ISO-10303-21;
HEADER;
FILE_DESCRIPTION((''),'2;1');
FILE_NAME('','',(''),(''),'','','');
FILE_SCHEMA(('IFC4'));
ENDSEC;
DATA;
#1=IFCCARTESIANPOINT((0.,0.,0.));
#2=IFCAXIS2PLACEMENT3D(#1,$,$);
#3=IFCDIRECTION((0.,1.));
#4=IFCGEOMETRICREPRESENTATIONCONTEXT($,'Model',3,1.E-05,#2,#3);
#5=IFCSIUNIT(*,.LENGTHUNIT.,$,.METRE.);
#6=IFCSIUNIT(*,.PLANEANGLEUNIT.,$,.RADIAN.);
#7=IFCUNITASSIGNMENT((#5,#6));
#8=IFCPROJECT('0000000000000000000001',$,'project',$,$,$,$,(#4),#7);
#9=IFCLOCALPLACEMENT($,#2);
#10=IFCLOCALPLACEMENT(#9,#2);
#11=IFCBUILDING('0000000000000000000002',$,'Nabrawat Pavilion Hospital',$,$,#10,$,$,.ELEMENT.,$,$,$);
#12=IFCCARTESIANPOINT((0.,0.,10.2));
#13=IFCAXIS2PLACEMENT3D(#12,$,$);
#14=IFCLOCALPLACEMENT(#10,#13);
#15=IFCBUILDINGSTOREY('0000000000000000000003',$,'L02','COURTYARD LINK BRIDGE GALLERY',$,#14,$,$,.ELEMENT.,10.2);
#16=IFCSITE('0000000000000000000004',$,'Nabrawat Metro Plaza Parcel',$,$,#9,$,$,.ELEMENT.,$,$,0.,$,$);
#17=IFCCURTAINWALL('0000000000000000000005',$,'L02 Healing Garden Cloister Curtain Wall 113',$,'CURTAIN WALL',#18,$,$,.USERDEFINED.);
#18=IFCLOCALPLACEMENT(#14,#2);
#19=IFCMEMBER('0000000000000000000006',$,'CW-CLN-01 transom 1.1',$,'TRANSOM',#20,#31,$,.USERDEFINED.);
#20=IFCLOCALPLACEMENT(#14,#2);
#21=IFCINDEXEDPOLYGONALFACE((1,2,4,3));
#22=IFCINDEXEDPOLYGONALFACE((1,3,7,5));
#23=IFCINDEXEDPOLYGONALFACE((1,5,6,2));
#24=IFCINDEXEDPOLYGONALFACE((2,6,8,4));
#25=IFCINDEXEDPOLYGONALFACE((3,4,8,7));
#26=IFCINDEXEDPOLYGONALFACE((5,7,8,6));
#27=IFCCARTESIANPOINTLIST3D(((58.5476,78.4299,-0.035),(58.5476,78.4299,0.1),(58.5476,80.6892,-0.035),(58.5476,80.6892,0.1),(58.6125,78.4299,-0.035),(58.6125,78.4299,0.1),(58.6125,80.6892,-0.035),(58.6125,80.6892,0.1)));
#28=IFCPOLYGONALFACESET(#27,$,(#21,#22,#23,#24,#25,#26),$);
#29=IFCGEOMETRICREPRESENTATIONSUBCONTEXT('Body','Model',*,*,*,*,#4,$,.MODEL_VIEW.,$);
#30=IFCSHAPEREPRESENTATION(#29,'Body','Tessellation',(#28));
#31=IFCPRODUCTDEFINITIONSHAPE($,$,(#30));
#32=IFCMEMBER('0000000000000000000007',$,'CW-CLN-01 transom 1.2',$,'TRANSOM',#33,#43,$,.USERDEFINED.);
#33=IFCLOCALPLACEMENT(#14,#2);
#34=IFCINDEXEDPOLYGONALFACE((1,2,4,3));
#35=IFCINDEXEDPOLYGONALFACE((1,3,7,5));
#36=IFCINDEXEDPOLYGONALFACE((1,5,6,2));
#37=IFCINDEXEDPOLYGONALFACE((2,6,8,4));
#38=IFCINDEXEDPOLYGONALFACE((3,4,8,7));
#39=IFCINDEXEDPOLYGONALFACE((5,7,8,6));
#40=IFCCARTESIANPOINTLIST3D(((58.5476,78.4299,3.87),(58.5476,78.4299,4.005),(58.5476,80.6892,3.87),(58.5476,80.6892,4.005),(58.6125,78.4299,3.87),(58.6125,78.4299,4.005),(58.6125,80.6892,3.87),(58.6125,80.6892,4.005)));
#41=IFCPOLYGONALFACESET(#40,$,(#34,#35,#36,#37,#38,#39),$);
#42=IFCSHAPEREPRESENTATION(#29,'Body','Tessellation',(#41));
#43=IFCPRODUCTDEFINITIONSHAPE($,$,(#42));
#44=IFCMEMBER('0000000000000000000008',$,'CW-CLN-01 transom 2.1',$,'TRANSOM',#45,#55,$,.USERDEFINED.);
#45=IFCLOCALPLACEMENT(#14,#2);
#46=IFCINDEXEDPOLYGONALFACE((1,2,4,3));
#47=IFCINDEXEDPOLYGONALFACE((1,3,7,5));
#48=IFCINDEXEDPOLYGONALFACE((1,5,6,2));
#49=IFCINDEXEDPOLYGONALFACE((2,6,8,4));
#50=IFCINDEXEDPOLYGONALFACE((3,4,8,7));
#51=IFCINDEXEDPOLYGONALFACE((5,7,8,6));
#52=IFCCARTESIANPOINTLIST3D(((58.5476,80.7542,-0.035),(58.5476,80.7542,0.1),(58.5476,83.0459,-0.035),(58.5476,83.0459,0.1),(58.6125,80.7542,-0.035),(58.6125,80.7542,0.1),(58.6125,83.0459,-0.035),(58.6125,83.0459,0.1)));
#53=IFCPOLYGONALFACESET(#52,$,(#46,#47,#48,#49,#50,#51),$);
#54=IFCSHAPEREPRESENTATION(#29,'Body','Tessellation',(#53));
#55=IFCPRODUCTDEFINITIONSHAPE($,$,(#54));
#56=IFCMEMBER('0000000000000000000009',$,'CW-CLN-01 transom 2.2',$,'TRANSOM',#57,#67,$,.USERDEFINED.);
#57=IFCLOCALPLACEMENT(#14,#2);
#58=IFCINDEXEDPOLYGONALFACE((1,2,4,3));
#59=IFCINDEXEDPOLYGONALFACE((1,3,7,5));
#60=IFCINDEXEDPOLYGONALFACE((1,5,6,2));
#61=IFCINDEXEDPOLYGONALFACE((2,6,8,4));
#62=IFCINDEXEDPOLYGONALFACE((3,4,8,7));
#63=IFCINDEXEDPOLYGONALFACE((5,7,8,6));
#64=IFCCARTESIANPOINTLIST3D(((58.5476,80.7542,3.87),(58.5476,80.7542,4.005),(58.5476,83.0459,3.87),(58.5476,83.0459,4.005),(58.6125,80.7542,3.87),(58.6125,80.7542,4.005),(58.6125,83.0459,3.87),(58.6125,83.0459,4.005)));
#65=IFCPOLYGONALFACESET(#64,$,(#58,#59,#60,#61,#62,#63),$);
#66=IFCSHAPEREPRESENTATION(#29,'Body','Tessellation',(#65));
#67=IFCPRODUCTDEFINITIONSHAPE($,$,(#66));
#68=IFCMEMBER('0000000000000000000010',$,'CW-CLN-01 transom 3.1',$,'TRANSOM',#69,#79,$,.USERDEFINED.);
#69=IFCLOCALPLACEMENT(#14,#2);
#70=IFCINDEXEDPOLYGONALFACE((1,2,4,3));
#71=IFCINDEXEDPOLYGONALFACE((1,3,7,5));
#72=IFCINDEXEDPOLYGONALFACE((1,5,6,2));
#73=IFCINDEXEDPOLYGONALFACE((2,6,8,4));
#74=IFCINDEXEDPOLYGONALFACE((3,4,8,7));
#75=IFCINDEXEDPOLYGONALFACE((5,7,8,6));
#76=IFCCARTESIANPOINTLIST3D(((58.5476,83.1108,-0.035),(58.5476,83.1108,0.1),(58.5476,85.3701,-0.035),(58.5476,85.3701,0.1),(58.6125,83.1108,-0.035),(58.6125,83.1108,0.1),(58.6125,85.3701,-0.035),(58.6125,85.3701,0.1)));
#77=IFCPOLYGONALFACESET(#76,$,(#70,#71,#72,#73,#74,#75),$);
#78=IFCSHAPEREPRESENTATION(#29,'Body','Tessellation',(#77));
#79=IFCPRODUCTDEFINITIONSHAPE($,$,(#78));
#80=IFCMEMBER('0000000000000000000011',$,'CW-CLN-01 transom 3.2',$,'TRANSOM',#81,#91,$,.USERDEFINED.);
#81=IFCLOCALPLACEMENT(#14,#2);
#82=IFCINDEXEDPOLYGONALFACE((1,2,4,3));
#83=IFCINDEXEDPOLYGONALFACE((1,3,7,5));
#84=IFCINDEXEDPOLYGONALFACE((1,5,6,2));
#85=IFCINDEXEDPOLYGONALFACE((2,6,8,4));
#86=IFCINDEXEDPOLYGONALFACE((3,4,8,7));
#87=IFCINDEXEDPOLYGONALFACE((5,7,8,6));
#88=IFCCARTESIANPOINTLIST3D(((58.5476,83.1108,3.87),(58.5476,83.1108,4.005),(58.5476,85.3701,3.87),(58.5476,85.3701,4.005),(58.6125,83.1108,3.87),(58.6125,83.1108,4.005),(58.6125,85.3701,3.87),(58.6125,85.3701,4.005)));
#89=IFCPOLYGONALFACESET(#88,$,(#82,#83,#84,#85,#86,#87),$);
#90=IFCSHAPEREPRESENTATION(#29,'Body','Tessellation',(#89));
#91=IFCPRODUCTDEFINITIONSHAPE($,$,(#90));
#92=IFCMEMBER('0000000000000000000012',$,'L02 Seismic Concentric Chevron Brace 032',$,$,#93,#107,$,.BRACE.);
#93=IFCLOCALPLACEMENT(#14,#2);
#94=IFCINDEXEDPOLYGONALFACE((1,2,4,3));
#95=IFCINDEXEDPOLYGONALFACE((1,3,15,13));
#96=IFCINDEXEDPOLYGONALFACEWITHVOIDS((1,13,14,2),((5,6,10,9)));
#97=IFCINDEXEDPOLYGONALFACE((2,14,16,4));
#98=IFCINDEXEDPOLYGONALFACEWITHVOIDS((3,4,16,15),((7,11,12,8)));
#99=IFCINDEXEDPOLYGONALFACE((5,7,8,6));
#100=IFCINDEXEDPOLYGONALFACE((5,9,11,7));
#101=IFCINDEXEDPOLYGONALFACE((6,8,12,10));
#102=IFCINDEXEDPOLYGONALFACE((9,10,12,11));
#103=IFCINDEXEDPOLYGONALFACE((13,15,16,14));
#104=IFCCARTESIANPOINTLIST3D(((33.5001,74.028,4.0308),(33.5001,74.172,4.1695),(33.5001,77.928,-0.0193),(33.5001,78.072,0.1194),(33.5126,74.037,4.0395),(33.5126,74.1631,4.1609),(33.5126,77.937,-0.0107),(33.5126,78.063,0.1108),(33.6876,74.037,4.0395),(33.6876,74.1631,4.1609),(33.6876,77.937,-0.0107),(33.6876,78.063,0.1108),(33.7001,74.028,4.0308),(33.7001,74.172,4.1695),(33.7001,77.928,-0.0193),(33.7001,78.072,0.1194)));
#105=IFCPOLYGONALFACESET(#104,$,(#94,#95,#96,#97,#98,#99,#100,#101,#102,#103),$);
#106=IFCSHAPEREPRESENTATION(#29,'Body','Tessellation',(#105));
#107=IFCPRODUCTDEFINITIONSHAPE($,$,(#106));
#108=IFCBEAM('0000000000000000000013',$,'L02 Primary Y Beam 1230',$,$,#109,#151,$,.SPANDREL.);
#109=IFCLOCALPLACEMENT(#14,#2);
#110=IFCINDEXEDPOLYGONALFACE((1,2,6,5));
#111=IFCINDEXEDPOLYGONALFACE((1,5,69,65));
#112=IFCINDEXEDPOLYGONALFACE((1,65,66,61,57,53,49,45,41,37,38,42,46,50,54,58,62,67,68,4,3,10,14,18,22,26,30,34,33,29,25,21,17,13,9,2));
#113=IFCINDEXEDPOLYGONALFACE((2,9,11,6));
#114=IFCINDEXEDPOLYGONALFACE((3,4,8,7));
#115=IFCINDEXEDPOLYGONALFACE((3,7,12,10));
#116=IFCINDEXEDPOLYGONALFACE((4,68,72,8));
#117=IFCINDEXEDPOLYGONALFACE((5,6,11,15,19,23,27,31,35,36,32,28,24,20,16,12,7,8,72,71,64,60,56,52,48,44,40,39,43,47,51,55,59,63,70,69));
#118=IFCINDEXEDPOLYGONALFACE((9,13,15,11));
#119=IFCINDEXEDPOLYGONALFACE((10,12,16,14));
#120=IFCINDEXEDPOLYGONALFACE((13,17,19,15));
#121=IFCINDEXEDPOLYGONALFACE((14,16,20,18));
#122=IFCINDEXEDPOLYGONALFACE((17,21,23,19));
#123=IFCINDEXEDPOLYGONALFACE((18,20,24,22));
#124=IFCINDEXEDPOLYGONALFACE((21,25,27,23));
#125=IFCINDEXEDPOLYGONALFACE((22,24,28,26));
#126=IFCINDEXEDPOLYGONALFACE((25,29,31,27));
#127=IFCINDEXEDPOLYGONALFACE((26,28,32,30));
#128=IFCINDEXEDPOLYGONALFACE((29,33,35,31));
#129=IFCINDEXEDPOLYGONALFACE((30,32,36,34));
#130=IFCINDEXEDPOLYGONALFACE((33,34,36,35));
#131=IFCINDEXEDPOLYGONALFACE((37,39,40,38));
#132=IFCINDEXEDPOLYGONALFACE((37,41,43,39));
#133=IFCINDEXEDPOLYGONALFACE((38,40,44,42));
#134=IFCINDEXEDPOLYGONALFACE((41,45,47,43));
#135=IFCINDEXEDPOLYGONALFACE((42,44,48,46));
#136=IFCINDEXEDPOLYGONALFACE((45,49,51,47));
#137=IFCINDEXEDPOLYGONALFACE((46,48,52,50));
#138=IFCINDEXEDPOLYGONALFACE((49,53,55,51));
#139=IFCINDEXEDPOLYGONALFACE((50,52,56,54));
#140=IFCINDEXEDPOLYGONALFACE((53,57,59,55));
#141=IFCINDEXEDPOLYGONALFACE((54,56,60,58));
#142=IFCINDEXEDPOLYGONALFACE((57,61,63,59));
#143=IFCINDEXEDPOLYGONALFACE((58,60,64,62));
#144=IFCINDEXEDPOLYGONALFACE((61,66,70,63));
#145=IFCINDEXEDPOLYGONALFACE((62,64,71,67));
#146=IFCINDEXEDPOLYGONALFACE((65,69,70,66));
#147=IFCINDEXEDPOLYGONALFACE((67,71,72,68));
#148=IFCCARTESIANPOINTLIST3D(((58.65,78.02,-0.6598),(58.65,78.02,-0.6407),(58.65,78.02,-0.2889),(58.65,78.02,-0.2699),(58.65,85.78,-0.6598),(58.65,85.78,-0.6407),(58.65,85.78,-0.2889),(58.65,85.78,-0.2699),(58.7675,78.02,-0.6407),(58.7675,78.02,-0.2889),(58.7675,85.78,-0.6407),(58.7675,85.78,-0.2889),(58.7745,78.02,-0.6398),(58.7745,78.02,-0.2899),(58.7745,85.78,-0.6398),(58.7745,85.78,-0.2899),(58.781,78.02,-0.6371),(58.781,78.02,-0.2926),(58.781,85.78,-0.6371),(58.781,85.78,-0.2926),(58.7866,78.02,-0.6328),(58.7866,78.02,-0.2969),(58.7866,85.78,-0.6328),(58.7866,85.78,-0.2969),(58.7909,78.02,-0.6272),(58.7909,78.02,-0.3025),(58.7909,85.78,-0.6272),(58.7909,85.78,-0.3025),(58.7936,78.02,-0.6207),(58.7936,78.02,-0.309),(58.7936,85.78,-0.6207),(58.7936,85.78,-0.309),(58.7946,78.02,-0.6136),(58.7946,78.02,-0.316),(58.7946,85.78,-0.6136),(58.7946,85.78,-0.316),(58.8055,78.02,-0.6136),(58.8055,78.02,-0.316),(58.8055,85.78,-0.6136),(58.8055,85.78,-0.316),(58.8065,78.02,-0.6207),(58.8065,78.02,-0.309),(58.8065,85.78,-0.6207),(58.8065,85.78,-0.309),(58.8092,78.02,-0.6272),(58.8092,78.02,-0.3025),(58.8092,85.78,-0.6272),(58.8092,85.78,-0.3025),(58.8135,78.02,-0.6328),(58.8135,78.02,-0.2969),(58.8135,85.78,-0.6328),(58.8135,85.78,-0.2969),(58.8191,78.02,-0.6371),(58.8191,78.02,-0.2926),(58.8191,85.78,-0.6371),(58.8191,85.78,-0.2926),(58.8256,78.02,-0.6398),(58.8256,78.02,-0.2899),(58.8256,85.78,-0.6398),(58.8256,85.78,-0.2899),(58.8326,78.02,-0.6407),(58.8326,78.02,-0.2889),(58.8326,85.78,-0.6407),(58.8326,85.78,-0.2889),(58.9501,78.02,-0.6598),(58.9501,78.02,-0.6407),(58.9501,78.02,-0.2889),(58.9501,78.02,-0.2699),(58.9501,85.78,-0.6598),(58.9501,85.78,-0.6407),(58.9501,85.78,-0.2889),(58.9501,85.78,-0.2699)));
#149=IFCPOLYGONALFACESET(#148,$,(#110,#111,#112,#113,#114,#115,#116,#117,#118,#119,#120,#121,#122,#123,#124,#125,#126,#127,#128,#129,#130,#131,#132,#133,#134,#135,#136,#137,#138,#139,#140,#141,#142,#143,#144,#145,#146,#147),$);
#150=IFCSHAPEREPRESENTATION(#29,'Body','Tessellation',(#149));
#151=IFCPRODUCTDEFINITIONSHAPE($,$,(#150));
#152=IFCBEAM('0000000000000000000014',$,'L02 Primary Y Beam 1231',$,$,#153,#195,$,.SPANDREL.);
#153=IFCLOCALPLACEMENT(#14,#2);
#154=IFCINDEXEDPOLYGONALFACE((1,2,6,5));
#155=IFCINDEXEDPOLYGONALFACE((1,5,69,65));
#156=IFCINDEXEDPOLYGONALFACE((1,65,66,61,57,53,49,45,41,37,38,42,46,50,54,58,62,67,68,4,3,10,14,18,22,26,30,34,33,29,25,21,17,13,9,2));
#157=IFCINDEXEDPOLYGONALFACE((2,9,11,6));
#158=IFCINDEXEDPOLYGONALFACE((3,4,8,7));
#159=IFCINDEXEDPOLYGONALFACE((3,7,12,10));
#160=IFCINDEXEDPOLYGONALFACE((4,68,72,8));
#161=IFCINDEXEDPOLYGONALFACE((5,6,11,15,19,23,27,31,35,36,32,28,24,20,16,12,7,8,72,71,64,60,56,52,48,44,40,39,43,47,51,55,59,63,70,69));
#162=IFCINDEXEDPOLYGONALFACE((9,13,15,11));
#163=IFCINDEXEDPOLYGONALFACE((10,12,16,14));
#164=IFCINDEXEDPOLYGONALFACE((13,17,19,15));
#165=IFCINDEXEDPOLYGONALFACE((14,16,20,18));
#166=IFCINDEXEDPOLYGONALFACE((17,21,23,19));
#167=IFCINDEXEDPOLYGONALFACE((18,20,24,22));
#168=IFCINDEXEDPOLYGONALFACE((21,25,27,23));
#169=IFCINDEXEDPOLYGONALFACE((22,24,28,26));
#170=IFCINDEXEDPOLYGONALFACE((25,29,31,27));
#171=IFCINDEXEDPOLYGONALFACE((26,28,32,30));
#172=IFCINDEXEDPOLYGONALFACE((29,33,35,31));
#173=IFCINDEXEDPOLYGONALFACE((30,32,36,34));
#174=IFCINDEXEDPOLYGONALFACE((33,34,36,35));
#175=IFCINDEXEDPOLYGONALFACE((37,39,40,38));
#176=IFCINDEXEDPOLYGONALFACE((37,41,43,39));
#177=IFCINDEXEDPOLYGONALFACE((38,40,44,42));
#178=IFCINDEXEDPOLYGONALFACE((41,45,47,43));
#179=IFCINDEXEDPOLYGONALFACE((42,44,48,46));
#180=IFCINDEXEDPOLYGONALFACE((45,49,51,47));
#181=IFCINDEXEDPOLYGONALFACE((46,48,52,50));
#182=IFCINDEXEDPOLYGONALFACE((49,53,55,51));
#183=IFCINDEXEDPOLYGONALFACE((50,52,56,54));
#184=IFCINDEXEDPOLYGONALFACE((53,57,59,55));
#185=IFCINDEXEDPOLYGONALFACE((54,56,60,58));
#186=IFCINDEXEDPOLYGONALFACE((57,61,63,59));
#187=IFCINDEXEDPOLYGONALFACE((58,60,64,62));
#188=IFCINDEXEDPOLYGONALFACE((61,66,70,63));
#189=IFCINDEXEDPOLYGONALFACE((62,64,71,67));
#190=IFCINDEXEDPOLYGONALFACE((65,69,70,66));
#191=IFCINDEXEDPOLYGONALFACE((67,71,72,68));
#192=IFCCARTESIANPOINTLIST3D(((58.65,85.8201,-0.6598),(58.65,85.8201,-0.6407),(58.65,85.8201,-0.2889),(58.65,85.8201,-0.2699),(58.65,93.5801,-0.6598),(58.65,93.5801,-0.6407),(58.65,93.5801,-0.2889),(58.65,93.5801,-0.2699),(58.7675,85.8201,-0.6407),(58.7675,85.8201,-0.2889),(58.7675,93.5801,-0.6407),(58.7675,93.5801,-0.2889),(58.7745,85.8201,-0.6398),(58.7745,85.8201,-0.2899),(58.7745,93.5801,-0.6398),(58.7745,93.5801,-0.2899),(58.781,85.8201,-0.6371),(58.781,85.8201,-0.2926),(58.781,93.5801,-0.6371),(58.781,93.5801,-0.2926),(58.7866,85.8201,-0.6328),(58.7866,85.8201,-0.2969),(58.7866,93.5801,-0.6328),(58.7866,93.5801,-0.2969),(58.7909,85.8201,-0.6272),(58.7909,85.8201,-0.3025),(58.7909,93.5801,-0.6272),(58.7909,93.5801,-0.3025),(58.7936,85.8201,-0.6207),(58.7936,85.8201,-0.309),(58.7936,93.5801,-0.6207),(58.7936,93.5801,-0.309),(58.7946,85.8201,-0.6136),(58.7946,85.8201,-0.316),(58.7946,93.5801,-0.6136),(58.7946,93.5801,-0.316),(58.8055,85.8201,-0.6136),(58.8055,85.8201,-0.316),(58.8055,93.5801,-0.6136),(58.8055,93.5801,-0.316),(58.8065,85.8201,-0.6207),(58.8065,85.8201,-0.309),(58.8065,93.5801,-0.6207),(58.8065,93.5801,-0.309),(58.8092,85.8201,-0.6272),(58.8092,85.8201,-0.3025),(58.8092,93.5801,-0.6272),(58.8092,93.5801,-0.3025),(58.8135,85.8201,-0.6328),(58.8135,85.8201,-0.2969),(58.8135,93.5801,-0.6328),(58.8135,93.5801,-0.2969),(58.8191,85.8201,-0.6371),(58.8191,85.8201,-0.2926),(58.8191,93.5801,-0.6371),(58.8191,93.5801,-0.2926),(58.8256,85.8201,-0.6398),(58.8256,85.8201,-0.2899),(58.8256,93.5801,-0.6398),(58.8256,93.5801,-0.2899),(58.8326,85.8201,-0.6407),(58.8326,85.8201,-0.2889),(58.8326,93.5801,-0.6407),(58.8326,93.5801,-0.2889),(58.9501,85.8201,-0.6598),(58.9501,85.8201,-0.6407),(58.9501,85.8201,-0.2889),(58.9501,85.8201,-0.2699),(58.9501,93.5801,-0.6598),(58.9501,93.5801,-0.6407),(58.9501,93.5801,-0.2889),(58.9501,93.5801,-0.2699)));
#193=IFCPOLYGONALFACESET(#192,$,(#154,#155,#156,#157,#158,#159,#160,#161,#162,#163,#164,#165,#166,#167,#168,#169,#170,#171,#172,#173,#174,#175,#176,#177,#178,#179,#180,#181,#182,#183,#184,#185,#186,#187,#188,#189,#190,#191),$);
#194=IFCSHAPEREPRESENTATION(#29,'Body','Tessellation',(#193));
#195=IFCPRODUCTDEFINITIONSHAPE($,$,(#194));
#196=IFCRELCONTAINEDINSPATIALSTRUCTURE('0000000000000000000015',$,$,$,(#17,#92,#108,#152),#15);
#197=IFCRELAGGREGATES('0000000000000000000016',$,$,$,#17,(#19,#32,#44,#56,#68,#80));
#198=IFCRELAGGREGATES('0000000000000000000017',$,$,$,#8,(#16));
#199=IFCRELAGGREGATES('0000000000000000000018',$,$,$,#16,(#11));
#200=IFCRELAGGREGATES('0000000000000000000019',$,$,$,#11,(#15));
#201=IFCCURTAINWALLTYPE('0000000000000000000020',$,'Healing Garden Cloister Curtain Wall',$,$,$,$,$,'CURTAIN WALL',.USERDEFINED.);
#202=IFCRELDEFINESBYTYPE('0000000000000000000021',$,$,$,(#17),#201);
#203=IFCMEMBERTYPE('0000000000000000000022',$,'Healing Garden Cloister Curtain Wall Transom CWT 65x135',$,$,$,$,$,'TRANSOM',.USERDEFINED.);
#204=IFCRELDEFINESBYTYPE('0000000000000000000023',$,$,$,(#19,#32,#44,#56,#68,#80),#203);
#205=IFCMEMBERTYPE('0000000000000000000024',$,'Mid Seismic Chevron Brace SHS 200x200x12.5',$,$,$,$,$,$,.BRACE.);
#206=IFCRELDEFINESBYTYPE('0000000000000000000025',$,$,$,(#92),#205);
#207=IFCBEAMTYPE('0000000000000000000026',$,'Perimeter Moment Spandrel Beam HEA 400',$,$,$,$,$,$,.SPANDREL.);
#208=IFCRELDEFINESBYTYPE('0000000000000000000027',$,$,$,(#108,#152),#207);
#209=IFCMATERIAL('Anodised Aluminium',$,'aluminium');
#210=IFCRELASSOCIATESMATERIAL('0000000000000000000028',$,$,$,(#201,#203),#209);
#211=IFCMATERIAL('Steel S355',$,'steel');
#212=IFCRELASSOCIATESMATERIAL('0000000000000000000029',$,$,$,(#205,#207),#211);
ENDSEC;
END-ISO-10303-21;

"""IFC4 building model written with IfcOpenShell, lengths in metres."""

from ifc_helpers import new_model, si_unit, direction, frame, origin, origin_2d, place, context, subcontext, project, spatial, rectangle, hollow_rectangle, i_section, extrude, material, material_profile, profile_set, type_object, element, aggregate, save


model = new_model("IFC4")

# Units and contexts
model_context = context("Model", 3, precision=1e-05, world=origin(), true_north=direction((0.0, 1.0)))
body_context = subcontext(model_context, "Body", "Model", "MODEL_VIEW")
ifc_project = project(units=[si_unit("LENGTHUNIT", "METRE"), si_unit("PLANEANGLEUNIT", "RADIAN")], contexts=[model_context])

# Site, building, storey
site_placement = place(None, origin())
site = spatial("IfcSite", under=ifc_project, at=site_placement, Name="Nabrawat Metro Plaza Parcel", CompositionType="ELEMENT", RefElevation=0.0)
building_placement = place(site_placement, origin())
building = spatial("IfcBuilding", under=site, at=building_placement, Name="Nabrawat Pavilion Hospital", CompositionType="ELEMENT")
storey_placement = place(building_placement, frame((0.0, 0.0, 10.2)))
storey = spatial("IfcBuildingStorey", under=building, at=storey_placement, Name="L02", Description="COURTYARD LINK BRIDGE GALLERY", CompositionType="ELEMENT", Elevation=10.2)

# Shared definitions
ifc_material_1 = material(Name="Steel S355", Category="steel")

# Curtain wall, members
ifc_material_2 = material(Name="Anodised Aluminium", Category="aluminium")
curtain_wall_type = type_object("IfcCurtainWallType", Name="Healing Garden Cloister Curtain Wall", ElementType="CURTAIN WALL", PredefinedType="USERDEFINED", material=ifc_material_2)
curtain_wall_placement = place(storey_placement, origin())
curtain_wall = element("IfcCurtainWall", 1, at=curtain_wall_placement, inside=storey, type_object=curtain_wall_type, Name="L02 Healing Garden Cloister Curtain Wall 113", ObjectType="CURTAIN WALL", PredefinedType="USERDEFINED")
ifc_material_profile_1 = material_profile(ifc_material_2, rectangle(XDim=0.0649, YDim=0.135, at=origin_2d()), Name="CWT 65x135")
ifc_profile_set_1 = profile_set([ifc_material_profile_1], Name="Anodised Aluminium")
member_type_1 = type_object("IfcMemberType", Name="Healing Garden Cloister Curtain Wall Transom CWT 65x135", ElementType="TRANSOM", PredefinedType="USERDEFINED", material=ifc_profile_set_1)
member_1_placement = place(storey_placement, frame((58.5801, 78.4299, 0.0325), z_axis=(0.0, 1.0, 0.0), x_axis=(-1.0, 0.0, 0.0)))
member_1 = element("IfcMember", 2, at=member_1_placement, type_object=member_type_1, Name="CW-CLN-01 transom 1.1", ObjectType="TRANSOM", PredefinedType="USERDEFINED", context=body_context, shape_type="SweptSolid", body=[
    extrude(rectangle(XDim=0.0649, YDim=0.135, at=origin_2d()), origin(), (0.0, 0.0, 1.0), 2.2593),
])
member_2_placement = place(storey_placement, frame((58.5801, 78.4299, 3.9375), z_axis=(0.0, 1.0, 0.0), x_axis=(-1.0, 0.0, 0.0)))
member_2 = element("IfcMember", 3, at=member_2_placement, type_object=member_type_1, Name="CW-CLN-01 transom 1.2", ObjectType="TRANSOM", PredefinedType="USERDEFINED", context=body_context, shape_type="SweptSolid", body=[
    extrude(rectangle(XDim=0.0649, YDim=0.135, at=origin_2d()), origin(), (0.0, 0.0, 1.0), 2.2593),
])
member_3_placement = place(storey_placement, frame((58.5801, 80.7542, 0.0325), z_axis=(0.0, 1.0, 0.0), x_axis=(-1.0, 0.0, 0.0)))
member_3 = element("IfcMember", 4, at=member_3_placement, type_object=member_type_1, Name="CW-CLN-01 transom 2.1", ObjectType="TRANSOM", PredefinedType="USERDEFINED", context=body_context, shape_type="SweptSolid", body=[
    extrude(rectangle(XDim=0.0649, YDim=0.135, at=origin_2d()), origin(), (0.0, 0.0, 1.0), 2.2917),
])
member_4_placement = place(storey_placement, frame((58.5801, 80.7542, 3.9375), z_axis=(0.0, 1.0, 0.0), x_axis=(-1.0, 0.0, 0.0)))
member_4 = element("IfcMember", 5, at=member_4_placement, type_object=member_type_1, Name="CW-CLN-01 transom 2.2", ObjectType="TRANSOM", PredefinedType="USERDEFINED", context=body_context, shape_type="SweptSolid", body=[
    extrude(rectangle(XDim=0.0649, YDim=0.135, at=origin_2d()), origin(), (0.0, 0.0, 1.0), 2.2917),
])
member_5_placement = place(storey_placement, frame((58.5801, 83.1108, 0.0325), z_axis=(0.0, 1.0, 0.0), x_axis=(-1.0, 0.0, 0.0)))
member_5 = element("IfcMember", 6, at=member_5_placement, type_object=member_type_1, Name="CW-CLN-01 transom 3.1", ObjectType="TRANSOM", PredefinedType="USERDEFINED", context=body_context, shape_type="SweptSolid", body=[
    extrude(rectangle(XDim=0.0649, YDim=0.135, at=origin_2d()), origin(), (0.0, 0.0, 1.0), 2.2593),
])
member_6_placement = place(storey_placement, frame((58.5801, 83.1108, 3.9375), z_axis=(0.0, 1.0, 0.0), x_axis=(-1.0, 0.0, 0.0)))
member_6 = element("IfcMember", 7, at=member_6_placement, type_object=member_type_1, Name="CW-CLN-01 transom 3.2", ObjectType="TRANSOM", PredefinedType="USERDEFINED", context=body_context, shape_type="SweptSolid", body=[
    extrude(rectangle(XDim=0.0649, YDim=0.135, at=origin_2d()), origin(), (0.0, 0.0, 1.0), 2.2593),
])

# Member
ifc_material_profile_2 = material_profile(ifc_material_1, hollow_rectangle(XDim=0.2, YDim=0.2, WallThickness=0.0125, at=origin_2d()), Name="SHS 200x200x12.5")
ifc_profile_set_2 = profile_set([ifc_material_profile_2], Name="Steel S355")
member_type_2 = type_object("IfcMemberType", Name="Mid Seismic Chevron Brace SHS 200x200x12.5", PredefinedType="BRACE", material=ifc_profile_set_2)
member_7_placement = place(storey_placement, frame((33.6001, 78.0, 0.05), z_axis=(0.0, -0.693628, 0.720333), x_axis=(1.0, 0.0, 0.0)))
element("IfcMember", 8, at=member_7_placement, inside=storey, type_object=member_type_2, Name="L02 Seismic Concentric Chevron Brace 032", PredefinedType="BRACE", context=body_context, shape_type="SweptSolid", body=[
    extrude(hollow_rectangle(XDim=0.2, YDim=0.2, WallThickness=0.0125, at=origin_2d()), origin(), (0.0, 0.0, 1.0), 5.6226),
])

# Beams
ifc_material_profile_3 = material_profile(ifc_material_1, i_section(OverallWidth=0.3, OverallDepth=0.3899, WebThickness=0.011, FlangeThickness=0.019, FilletRadius=0.0271, at=origin_2d()), Name="HEA 400")
ifc_profile_set_3 = profile_set([ifc_material_profile_3], Name="Steel S355")
beam_type_1 = type_object("IfcBeamType", Name="Perimeter Moment Spandrel Beam HEA 400", PredefinedType="SPANDREL", material=ifc_profile_set_3)
for number, where, z_axis, x_axis, name in (
    (9, (58.8, 78.02, -0.4648), (0.0, 1.0, 0.0), (-1.0, 0.0, 0.0), "L02 Primary Y Beam 1230"),
    (10, (58.8, 85.8201, -0.4648), (0.0, 1.0, 0.0), (-1.0, 0.0, 0.0), "L02 Primary Y Beam 1231"),
):
    element("IfcBeam", number, at=place(storey_placement, frame(where, z_axis=z_axis, x_axis=x_axis)), inside=storey, type_object=beam_type_1, Name=name, PredefinedType="SPANDREL", context=body_context, shape_type="SweptSolid", body=[
        extrude(i_section(OverallWidth=0.3, OverallDepth=0.3899, WebThickness=0.011, FlangeThickness=0.019, FilletRadius=0.0271, at=origin_2d()), origin(), (0.0, 0.0, 1.0), 7.76),
    ])

aggregate(curtain_wall, [member_1, member_2, member_3, member_4, member_5, member_6])

save(model, "model.ifc")
